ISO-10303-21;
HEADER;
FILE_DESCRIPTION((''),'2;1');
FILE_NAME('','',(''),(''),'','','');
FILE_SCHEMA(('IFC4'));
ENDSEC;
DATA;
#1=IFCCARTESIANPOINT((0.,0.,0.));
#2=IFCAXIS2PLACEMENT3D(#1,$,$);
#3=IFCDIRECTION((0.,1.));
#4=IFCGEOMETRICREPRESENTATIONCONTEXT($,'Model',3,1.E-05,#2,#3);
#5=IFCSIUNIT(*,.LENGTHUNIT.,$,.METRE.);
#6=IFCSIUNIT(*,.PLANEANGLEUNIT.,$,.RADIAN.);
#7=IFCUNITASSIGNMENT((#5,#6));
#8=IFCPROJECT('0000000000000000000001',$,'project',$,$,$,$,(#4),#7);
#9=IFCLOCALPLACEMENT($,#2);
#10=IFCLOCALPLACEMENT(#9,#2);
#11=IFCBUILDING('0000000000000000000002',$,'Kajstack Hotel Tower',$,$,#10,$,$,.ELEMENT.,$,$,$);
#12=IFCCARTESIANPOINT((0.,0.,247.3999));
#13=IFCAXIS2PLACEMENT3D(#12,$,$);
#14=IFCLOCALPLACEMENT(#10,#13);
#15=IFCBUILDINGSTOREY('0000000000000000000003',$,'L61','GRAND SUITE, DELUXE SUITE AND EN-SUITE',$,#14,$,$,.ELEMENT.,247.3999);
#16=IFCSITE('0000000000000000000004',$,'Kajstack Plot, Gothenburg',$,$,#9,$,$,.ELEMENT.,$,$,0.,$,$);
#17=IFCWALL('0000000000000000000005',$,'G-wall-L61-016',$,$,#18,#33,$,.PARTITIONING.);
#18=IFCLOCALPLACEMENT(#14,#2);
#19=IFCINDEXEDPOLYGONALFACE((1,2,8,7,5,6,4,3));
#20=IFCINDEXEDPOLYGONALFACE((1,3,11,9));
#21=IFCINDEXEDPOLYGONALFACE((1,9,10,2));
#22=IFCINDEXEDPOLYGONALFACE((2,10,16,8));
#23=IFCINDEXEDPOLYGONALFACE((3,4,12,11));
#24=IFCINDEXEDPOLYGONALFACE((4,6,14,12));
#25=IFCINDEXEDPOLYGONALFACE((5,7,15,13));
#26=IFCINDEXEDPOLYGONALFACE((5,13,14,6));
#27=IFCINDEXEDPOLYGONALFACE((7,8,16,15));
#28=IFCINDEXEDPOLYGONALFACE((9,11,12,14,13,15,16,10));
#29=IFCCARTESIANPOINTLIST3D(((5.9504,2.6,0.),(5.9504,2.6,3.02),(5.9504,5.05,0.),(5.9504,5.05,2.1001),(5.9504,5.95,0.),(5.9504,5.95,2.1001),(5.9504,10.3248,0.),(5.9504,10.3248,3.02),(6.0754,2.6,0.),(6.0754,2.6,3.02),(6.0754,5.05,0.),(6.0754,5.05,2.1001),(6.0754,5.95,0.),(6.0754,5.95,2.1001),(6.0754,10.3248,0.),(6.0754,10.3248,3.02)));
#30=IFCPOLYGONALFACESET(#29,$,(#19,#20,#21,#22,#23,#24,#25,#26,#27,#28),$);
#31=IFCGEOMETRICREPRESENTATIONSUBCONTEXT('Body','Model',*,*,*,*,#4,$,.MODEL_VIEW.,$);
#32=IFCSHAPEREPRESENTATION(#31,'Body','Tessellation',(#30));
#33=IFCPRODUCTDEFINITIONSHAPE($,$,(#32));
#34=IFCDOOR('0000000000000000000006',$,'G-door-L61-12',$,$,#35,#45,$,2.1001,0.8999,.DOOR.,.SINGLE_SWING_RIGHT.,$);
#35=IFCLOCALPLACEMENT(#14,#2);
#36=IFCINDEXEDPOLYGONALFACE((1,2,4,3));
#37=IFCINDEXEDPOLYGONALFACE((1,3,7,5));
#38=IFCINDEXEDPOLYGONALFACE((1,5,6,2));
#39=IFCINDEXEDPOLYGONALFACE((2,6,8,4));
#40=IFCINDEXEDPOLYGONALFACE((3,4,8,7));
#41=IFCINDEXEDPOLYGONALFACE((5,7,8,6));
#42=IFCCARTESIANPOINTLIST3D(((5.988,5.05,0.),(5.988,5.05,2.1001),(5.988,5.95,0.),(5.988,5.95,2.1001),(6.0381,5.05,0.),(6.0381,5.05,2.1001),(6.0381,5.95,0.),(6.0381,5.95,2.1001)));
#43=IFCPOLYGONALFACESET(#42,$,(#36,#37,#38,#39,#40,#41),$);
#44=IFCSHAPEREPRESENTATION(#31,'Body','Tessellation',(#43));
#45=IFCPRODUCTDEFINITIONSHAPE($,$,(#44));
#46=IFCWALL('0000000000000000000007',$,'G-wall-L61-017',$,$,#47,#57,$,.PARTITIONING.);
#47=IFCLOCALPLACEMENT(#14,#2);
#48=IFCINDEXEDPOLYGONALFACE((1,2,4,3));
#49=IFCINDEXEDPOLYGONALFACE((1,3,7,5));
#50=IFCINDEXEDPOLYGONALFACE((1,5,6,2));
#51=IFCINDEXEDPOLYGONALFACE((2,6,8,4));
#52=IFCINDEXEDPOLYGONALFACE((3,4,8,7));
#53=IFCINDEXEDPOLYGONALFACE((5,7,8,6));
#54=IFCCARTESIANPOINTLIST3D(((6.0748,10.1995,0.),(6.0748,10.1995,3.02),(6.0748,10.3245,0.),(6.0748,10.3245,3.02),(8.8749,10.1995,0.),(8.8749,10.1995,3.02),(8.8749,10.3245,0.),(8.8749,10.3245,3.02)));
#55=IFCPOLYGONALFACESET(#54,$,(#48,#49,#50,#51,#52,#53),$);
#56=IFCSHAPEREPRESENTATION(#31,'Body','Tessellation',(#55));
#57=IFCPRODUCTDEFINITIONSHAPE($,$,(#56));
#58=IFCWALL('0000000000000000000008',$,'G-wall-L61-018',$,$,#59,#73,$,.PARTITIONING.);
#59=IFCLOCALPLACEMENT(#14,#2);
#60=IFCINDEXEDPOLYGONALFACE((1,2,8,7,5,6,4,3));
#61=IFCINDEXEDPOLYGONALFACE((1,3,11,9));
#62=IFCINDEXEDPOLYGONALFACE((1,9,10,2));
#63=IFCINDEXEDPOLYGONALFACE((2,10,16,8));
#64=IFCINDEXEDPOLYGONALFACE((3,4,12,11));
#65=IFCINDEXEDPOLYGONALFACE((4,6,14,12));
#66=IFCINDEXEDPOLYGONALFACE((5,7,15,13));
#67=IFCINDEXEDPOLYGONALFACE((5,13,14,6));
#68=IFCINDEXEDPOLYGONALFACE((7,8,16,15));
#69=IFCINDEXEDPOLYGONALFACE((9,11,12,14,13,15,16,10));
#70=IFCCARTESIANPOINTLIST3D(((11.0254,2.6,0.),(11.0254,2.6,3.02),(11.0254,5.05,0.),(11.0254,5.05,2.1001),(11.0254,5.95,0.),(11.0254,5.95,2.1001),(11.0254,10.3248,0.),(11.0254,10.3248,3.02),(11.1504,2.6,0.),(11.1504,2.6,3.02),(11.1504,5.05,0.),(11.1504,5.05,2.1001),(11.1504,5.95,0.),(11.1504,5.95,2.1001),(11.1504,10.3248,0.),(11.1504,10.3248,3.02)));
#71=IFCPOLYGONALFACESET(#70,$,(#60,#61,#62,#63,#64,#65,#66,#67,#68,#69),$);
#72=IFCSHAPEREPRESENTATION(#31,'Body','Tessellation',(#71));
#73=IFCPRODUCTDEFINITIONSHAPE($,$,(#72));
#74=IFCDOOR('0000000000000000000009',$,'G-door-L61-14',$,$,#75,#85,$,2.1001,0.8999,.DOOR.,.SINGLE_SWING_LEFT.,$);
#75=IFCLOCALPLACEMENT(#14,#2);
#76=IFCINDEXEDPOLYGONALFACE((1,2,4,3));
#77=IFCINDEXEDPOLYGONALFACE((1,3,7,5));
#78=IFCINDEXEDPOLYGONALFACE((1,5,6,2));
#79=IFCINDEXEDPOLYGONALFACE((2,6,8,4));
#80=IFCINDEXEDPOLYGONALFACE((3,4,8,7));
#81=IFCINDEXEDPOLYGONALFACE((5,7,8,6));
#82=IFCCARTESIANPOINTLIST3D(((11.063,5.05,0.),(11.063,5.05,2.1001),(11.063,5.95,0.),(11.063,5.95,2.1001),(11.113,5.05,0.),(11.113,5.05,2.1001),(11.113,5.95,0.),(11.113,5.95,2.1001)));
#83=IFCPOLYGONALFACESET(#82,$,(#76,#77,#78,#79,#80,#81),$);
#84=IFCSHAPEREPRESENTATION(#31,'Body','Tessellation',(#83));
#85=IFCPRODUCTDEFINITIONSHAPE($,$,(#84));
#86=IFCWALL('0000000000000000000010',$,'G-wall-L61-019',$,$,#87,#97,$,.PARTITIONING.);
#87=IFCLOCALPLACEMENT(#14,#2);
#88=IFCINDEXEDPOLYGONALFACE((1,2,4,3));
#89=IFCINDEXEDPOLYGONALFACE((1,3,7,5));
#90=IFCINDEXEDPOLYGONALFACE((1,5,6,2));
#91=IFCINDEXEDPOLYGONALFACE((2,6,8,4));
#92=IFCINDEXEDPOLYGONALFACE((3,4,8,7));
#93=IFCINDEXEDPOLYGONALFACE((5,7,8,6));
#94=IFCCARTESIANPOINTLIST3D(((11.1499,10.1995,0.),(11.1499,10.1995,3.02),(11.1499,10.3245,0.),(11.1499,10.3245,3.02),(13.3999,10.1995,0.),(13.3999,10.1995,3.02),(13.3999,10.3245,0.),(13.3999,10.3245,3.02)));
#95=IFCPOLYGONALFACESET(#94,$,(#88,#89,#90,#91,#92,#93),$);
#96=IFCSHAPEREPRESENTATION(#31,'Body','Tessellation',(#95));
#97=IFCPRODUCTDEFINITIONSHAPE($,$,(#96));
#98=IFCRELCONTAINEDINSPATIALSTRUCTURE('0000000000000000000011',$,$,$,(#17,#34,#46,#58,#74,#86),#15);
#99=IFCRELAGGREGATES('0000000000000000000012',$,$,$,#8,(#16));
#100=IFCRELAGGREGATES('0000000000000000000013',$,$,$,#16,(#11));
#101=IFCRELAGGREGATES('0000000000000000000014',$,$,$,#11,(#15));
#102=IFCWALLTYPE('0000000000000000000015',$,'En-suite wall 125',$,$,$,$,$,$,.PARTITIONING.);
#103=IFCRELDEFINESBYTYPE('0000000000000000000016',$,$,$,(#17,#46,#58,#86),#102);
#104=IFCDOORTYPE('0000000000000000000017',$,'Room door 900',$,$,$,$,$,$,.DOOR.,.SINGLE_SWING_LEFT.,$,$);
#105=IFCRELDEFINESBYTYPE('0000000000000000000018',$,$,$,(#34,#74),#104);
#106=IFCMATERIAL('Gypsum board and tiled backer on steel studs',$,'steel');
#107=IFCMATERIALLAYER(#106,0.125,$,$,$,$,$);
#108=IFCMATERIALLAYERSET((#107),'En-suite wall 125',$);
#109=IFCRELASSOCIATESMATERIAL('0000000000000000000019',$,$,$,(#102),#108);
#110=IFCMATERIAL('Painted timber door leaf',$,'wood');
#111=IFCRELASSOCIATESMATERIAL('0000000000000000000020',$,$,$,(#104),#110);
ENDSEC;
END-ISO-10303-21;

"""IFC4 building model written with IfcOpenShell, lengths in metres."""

from ifc_helpers import new_model, si_unit, direction, frame, frame_2d, origin, place, context, subcontext, project, spatial, rectangle, extrude, material, layer, layer_set, type_object, element, fill, save


model = new_model("IFC4")

# Units and contexts
model_context = context("Model", 3, precision=1e-05, world=origin(), true_north=direction((0.0, 1.0)))
body_context = subcontext(model_context, "Body", "Model", "MODEL_VIEW")
ifc_project = project(units=[si_unit("LENGTHUNIT", "METRE"), si_unit("PLANEANGLEUNIT", "RADIAN")], contexts=[model_context])

# Site, building, storey
site_placement = place(None, origin())
site = spatial("IfcSite", under=ifc_project, at=site_placement, Name="Kajstack Plot, Gothenburg", CompositionType="ELEMENT", RefElevation=0.0)
building_placement = place(site_placement, origin())
building = spatial("IfcBuilding", under=site, at=building_placement, Name="Kajstack Hotel Tower", CompositionType="ELEMENT")
storey_placement = place(building_placement, frame((0.0, 0.0, 247.3999)))
storey = spatial("IfcBuildingStorey", under=building, at=storey_placement, Name="L61", Description="GRAND SUITE, DELUXE SUITE AND EN-SUITE", CompositionType="ELEMENT", Elevation=247.3999)

# Wall, opening, door
ifc_material_1 = material(Name="Gypsum board and tiled backer on steel studs", Category="steel")
ifc_layer_1 = layer(ifc_material_1, 0.125)
ifc_layer_set_1 = layer_set([ifc_layer_1], Name="En-suite wall 125")
wall_type_1 = type_object("IfcWallType", Name="En-suite wall 125", PredefinedType="PARTITIONING", material=ifc_layer_set_1)
wall_1_placement = place(storey_placement, frame((6.0129, 2.6001, 0.0), z_axis=(0.0, 0.0, 1.0), x_axis=(0.0, 1.0, 0.0)))
wall_1 = element("IfcWall", 1, at=wall_1_placement, inside=storey, type_object=wall_type_1, Name="G-wall-L61-016", PredefinedType="PARTITIONING", context=body_context, shape_type="SweptSolid", body=[
    extrude(rectangle(XDim=7.7249, YDim=0.125, at=frame_2d((3.8623, 0.0))), origin(), (0.0, 0.0, 1.0), 3.02),
])
opening_1_placement = place(wall_1_placement, frame((2.45, 0.0, 0.0)))
opening_1 = element("IfcOpeningElement", 2, at=opening_1_placement, cuts=wall_1, PredefinedType="OPENING", context=body_context, shape_type="SweptSolid", body=[
    extrude(rectangle(XDim=0.8999, YDim=2.1001, at=frame_2d((0.45, 1.05))), frame((0.0, 0.0725, 0.0), z_axis=(0.0, -1.0, 0.0), x_axis=(1.0, 0.0, 0.0)), (0.0, 0.0, 1.0), 0.145),
])
ifc_material_2 = material(Name="Painted timber door leaf", Category="wood")
door_type_1 = type_object("IfcDoorType", Name="Room door 900", OperationType="SINGLE_SWING_LEFT", PredefinedType="DOOR", material=ifc_material_2)
door_1_placement = place(opening_1_placement, origin())
door_1 = element("IfcDoor", 3, at=door_1_placement, inside=storey, type_object=door_type_1, Name="G-door-L61-12", OperationType="SINGLE_SWING_RIGHT", OverallHeight=2.1001, OverallWidth=0.8999, PredefinedType="DOOR", context=body_context, shape_type="SweptSolid", body=[
    extrude(rectangle(XDim=0.8999, YDim=2.1001, at=frame_2d((0.45, 1.05))), frame((0.0, 0.0249, 0.0), z_axis=(0.0, -1.0, 0.0), x_axis=(1.0, 0.0, 0.0)), (0.0, 0.0, 1.0), 0.05),
])
fill(opening_1, door_1)

# Wall
wall_2_placement = place(storey_placement, frame((6.075, 10.262, 0.0), z_axis=(0.0, 0.0, 1.0), x_axis=(1.0, 0.0, 0.0)))
element("IfcWall", 4, at=wall_2_placement, inside=storey, type_object=wall_type_1, Name="G-wall-L61-017", PredefinedType="PARTITIONING", context=body_context, shape_type="SweptSolid", body=[
    extrude(rectangle(XDim=2.8, YDim=0.125, at=frame_2d((1.3999, 0.0))), origin(), (0.0, 0.0, 1.0), 3.02),
])

# Wall, opening, door
wall_3_placement = place(storey_placement, frame((11.0879, 2.6001, 0.0), z_axis=(0.0, 0.0, 1.0), x_axis=(0.0, 1.0, 0.0)))
wall_3 = element("IfcWall", 5, at=wall_3_placement, inside=storey, type_object=wall_type_1, Name="G-wall-L61-018", PredefinedType="PARTITIONING", context=body_context, shape_type="SweptSolid", body=[
    extrude(rectangle(XDim=7.7249, YDim=0.125, at=frame_2d((3.8623, 0.0))), origin(), (0.0, 0.0, 1.0), 3.02),
])
opening_2_placement = place(wall_3_placement, frame((2.45, 0.0, 0.0)))
opening_2 = element("IfcOpeningElement", 6, at=opening_2_placement, cuts=wall_3, PredefinedType="OPENING", context=body_context, shape_type="SweptSolid", body=[
    extrude(rectangle(XDim=0.8999, YDim=2.1001, at=frame_2d((0.45, 1.05))), frame((0.0, 0.0725, 0.0), z_axis=(0.0, -1.0, 0.0), x_axis=(1.0, 0.0, 0.0)), (0.0, 0.0, 1.0), 0.145),
])
door_2_placement = place(opening_2_placement, origin())
door_2 = element("IfcDoor", 7, at=door_2_placement, inside=storey, type_object=door_type_1, Name="G-door-L61-14", OperationType="SINGLE_SWING_LEFT", OverallHeight=2.1001, OverallWidth=0.8999, PredefinedType="DOOR", context=body_context, shape_type="SweptSolid", body=[
    extrude(rectangle(XDim=0.8999, YDim=2.1001, at=frame_2d((0.45, 1.05))), frame((0.0, 0.0249, 0.0), z_axis=(0.0, -1.0, 0.0), x_axis=(1.0, 0.0, 0.0)), (0.0, 0.0, 1.0), 0.05),
])
fill(opening_2, door_2)

# Wall
wall_4_placement = place(storey_placement, frame((11.1499, 10.262, 0.0), z_axis=(0.0, 0.0, 1.0), x_axis=(1.0, 0.0, 0.0)))
element("IfcWall", 8, at=wall_4_placement, inside=storey, type_object=wall_type_1, Name="G-wall-L61-019", PredefinedType="PARTITIONING", context=body_context, shape_type="SweptSolid", body=[
    extrude(rectangle(XDim=2.25, YDim=0.125, at=frame_2d((1.125, 0.0))), origin(), (0.0, 0.0, 1.0), 3.02),
])

save(model, "model.ifc")
